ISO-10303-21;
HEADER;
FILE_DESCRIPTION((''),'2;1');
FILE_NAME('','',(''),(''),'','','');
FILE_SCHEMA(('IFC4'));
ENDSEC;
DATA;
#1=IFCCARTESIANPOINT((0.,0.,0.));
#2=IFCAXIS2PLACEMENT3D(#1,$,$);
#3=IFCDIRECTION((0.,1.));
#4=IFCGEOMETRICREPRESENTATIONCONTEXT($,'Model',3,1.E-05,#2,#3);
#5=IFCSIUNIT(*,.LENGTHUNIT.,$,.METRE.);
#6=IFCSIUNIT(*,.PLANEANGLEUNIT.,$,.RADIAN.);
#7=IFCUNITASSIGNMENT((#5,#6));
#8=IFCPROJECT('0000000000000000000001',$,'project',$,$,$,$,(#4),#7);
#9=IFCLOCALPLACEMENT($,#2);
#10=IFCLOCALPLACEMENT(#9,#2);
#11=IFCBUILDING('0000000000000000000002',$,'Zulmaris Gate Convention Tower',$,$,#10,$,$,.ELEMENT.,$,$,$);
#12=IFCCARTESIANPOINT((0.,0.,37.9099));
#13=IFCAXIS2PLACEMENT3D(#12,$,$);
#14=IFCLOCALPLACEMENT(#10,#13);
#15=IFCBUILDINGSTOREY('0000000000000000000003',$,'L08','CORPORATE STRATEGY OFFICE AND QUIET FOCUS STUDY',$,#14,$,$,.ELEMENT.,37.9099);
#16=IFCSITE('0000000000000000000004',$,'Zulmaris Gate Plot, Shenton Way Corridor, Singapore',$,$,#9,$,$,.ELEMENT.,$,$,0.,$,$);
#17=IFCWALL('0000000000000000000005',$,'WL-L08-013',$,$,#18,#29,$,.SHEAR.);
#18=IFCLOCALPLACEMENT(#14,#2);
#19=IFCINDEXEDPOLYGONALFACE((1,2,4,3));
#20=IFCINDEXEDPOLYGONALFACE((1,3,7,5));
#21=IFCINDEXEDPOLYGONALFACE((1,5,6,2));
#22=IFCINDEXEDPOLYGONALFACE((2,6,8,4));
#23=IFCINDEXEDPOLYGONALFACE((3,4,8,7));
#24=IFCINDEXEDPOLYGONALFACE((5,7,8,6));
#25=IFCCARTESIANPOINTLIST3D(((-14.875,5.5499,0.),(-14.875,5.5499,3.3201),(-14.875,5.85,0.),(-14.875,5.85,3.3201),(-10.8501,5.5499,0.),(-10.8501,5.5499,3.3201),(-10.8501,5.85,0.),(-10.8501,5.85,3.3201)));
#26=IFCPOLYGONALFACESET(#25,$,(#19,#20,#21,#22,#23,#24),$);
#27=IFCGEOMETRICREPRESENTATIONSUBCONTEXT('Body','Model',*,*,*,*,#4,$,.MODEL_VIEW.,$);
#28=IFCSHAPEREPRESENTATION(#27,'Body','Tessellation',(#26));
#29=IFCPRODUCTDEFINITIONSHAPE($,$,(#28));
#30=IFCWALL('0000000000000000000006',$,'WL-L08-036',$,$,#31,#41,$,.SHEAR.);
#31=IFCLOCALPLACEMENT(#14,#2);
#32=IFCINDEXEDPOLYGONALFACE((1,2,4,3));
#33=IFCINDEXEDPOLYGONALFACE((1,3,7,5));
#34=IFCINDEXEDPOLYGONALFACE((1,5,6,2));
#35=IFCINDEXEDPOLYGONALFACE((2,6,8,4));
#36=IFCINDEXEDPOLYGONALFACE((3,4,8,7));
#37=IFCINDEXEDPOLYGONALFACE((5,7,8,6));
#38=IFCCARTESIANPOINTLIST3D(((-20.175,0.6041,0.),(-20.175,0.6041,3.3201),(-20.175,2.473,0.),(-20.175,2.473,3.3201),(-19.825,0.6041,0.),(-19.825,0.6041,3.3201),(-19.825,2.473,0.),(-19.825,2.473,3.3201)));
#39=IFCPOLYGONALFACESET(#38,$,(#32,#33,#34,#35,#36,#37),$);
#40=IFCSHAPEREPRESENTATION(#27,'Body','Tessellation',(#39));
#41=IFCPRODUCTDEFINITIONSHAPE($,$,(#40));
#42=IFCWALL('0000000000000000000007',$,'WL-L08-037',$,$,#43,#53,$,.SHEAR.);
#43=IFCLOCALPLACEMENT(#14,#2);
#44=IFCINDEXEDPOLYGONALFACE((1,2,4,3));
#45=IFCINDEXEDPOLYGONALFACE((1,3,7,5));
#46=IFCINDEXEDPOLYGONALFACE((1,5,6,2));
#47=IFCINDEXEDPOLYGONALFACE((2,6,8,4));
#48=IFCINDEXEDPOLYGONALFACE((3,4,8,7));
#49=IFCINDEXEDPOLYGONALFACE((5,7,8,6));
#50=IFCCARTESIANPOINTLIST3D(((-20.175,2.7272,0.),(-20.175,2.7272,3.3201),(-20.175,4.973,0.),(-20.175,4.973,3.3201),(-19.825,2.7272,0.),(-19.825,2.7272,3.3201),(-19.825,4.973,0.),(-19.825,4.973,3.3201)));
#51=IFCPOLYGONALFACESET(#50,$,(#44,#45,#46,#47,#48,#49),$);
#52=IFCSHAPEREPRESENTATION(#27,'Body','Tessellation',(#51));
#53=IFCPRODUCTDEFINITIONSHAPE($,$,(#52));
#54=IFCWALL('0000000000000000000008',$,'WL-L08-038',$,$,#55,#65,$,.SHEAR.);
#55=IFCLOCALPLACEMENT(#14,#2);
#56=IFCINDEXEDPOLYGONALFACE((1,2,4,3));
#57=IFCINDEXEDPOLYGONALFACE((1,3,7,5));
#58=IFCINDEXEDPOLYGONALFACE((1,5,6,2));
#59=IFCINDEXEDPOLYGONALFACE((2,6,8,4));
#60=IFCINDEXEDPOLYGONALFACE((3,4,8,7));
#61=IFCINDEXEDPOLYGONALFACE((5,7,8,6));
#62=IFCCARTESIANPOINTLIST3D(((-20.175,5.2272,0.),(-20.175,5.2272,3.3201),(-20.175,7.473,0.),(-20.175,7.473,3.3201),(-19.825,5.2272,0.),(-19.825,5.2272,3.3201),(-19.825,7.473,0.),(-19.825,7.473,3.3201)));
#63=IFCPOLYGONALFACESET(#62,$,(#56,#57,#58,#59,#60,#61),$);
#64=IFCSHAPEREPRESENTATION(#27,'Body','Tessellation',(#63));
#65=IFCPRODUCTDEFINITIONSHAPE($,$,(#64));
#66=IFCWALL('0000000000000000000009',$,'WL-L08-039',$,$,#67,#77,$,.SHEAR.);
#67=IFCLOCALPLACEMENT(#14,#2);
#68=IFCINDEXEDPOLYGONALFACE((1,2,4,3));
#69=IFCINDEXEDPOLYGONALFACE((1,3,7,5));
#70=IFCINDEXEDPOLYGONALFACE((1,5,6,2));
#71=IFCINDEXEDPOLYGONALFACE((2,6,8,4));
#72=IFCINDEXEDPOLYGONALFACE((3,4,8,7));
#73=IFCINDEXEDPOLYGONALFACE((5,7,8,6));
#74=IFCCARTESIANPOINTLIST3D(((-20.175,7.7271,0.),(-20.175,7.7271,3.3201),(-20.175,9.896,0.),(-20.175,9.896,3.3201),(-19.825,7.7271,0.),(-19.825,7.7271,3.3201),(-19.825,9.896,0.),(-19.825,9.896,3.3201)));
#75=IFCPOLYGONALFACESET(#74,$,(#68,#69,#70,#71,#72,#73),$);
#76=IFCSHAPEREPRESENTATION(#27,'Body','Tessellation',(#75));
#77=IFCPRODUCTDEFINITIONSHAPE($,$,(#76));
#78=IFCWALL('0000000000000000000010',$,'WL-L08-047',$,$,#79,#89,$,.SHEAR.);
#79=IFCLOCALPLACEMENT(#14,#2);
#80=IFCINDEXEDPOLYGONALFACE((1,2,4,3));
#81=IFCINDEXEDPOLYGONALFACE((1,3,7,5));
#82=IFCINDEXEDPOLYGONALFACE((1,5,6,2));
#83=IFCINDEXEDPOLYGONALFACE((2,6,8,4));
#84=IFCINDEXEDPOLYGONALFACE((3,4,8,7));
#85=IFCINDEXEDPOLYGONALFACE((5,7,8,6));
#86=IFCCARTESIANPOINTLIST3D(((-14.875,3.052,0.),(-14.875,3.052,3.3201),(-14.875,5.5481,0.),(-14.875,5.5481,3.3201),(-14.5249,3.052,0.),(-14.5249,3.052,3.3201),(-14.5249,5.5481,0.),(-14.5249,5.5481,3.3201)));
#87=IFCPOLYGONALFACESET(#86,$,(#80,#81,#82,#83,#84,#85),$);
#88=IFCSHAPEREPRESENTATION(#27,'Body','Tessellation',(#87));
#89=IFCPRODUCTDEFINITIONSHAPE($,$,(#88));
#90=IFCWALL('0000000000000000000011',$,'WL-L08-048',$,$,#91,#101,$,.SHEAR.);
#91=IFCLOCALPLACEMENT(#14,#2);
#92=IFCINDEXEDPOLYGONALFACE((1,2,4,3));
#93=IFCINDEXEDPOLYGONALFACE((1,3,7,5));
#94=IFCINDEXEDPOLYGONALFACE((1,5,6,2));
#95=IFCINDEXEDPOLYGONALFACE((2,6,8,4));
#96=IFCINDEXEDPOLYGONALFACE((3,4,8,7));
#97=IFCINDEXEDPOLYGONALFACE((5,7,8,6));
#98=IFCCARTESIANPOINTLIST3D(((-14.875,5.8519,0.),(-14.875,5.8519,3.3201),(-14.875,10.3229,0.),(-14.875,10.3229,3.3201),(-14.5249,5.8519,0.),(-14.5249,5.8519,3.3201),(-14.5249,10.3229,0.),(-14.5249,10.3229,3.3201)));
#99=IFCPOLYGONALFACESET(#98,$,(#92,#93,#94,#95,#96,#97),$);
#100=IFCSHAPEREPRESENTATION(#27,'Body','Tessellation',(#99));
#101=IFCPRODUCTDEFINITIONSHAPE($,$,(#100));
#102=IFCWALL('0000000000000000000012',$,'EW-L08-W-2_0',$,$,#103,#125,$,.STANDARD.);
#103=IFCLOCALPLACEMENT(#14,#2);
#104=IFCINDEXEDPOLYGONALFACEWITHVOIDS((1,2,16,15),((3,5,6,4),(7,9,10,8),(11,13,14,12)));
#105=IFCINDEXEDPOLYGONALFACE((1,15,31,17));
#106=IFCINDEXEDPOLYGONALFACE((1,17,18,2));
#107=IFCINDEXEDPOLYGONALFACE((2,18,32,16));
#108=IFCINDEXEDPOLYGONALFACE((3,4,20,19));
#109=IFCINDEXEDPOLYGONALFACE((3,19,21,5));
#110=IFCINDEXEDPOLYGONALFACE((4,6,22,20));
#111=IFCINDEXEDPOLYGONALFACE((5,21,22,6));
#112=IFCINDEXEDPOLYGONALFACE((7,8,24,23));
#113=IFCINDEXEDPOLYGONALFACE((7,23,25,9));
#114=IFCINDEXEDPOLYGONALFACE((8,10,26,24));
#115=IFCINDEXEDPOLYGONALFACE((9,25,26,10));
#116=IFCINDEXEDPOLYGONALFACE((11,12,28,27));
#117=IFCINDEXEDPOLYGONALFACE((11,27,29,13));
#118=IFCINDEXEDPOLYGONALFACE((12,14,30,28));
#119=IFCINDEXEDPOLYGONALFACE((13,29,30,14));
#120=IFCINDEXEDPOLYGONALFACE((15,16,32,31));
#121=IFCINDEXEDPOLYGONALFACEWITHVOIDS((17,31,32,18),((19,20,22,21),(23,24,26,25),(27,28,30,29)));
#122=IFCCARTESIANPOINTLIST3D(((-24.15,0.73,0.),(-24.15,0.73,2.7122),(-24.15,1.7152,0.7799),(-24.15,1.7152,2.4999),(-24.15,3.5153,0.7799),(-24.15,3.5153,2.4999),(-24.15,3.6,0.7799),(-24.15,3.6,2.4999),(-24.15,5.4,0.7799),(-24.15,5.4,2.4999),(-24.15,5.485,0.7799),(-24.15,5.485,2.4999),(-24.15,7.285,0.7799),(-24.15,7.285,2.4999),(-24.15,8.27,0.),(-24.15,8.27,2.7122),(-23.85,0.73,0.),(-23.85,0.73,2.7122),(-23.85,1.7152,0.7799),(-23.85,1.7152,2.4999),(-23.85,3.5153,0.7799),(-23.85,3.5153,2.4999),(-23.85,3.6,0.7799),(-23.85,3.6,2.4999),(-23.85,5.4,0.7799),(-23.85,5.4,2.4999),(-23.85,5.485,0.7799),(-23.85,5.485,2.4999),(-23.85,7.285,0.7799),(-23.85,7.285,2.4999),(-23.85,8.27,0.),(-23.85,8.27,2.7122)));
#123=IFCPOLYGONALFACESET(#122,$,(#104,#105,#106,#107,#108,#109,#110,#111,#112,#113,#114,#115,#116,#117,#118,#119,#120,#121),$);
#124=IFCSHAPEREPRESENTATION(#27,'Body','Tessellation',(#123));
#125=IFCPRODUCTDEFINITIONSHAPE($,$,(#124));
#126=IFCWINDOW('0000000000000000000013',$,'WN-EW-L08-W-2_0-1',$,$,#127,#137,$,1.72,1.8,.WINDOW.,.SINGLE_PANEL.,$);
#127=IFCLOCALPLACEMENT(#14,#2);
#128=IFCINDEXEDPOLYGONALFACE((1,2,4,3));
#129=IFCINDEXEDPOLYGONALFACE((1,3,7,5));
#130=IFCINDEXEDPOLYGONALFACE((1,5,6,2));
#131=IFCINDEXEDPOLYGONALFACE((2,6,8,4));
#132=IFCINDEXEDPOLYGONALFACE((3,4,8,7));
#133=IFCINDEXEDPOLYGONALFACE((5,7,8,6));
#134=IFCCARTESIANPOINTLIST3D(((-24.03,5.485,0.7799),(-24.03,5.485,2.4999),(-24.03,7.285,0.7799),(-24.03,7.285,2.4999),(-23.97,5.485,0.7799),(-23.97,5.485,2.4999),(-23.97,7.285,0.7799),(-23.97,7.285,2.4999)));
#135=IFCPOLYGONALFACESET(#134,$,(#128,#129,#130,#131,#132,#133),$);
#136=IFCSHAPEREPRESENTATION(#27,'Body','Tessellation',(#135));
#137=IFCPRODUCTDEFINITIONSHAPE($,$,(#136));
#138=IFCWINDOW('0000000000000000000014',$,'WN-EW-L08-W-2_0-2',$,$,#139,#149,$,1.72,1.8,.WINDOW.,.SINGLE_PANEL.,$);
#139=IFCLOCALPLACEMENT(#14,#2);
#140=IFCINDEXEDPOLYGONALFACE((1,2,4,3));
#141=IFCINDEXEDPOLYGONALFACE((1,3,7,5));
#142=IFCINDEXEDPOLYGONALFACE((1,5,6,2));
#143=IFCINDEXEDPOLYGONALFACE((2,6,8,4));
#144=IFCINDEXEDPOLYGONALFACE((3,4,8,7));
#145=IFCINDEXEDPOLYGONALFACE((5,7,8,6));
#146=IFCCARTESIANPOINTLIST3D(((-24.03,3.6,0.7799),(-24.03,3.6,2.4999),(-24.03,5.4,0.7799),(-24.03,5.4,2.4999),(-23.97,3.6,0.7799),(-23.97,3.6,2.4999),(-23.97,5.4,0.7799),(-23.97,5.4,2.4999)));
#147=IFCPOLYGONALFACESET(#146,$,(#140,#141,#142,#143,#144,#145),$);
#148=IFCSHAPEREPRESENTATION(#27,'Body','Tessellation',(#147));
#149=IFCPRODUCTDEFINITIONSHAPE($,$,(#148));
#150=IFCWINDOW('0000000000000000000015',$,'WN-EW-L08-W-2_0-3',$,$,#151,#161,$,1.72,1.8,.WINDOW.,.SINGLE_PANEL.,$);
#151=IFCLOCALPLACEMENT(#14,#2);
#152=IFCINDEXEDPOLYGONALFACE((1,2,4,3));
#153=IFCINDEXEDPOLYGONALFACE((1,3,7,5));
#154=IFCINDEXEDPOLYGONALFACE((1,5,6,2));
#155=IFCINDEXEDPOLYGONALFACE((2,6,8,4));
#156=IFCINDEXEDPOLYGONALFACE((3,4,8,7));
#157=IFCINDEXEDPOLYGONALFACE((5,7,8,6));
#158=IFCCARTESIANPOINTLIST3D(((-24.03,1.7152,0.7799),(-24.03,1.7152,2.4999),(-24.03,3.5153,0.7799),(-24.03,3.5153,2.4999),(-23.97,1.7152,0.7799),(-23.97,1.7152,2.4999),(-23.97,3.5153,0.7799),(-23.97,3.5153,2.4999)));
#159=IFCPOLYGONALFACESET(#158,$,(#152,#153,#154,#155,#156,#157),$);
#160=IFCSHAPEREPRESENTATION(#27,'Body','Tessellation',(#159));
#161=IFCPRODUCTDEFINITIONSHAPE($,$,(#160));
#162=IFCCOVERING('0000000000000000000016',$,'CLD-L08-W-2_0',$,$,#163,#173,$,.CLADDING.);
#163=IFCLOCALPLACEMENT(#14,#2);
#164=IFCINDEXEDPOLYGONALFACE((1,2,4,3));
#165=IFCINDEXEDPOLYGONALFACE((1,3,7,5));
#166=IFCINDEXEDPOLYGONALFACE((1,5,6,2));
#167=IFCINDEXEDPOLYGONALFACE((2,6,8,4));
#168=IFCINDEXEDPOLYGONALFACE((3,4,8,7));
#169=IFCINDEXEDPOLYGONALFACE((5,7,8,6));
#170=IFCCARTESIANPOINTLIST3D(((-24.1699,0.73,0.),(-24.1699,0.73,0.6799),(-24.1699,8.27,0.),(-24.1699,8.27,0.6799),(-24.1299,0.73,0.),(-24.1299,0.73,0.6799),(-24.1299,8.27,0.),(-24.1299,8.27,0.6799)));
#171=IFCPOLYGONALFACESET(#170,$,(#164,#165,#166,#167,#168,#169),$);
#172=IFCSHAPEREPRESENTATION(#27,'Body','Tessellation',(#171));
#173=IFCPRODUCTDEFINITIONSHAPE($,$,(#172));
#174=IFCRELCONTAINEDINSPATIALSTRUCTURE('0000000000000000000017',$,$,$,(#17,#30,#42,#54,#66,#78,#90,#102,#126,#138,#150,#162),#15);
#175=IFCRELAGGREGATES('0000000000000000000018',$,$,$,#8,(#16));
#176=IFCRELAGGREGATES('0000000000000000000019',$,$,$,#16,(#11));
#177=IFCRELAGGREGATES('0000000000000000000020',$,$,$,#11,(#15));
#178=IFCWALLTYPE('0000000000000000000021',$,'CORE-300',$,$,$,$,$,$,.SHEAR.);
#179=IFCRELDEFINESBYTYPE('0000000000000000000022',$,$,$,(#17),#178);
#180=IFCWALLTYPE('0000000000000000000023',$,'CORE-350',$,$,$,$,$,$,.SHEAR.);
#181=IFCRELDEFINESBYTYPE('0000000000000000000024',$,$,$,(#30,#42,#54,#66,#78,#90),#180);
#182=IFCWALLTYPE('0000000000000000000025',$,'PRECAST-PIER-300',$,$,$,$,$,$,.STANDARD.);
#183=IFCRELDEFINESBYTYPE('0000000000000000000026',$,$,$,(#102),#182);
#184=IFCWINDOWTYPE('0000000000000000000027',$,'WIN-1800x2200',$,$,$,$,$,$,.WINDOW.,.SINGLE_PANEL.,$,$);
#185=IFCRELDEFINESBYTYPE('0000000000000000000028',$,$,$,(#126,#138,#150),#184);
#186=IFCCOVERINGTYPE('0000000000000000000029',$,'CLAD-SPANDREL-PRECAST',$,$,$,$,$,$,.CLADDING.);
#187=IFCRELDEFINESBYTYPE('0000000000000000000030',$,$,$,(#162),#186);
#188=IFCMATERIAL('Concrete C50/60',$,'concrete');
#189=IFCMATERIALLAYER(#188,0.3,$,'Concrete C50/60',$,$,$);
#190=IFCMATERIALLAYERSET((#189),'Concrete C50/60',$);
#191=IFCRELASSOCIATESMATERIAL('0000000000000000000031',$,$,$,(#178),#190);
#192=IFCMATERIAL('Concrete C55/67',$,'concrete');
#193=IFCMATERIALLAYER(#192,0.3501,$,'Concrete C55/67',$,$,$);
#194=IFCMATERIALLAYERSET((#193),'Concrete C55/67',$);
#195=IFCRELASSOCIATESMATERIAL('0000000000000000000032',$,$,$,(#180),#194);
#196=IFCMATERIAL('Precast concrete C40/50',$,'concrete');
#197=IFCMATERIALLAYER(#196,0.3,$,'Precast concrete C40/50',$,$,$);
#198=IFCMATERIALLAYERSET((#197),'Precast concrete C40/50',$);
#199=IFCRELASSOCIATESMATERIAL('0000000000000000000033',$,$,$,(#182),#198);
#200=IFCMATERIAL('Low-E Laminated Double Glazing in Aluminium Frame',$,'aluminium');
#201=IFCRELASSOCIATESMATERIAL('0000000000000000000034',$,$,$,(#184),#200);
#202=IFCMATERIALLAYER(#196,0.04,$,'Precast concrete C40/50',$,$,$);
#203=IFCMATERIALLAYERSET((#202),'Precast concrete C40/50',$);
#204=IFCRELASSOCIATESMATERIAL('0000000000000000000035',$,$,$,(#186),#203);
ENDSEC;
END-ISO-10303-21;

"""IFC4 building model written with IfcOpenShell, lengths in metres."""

from ifc_helpers import new_model, si_unit, direction, frame, frame_2d, origin, place, context, subcontext, project, spatial, rectangle, extrude, material, layer, layer_set, type_object, element, fill, save


model = new_model("IFC4")

# Units and contexts
model_context = context("Model", 3, precision=1e-05, world=origin(), true_north=direction((0.0, 1.0)))
body_context = subcontext(model_context, "Body", "Model", "MODEL_VIEW")
ifc_project = project(units=[si_unit("LENGTHUNIT", "METRE"), si_unit("PLANEANGLEUNIT", "RADIAN")], contexts=[model_context])

# Site, building, storey
site_placement = place(None, origin())
site = spatial("IfcSite", under=ifc_project, at=site_placement, Name="Zulmaris Gate Plot, Shenton Way Corridor, Singapore", CompositionType="ELEMENT", RefElevation=0.0)
building_placement = place(site_placement, origin())
building = spatial("IfcBuilding", under=site, at=building_placement, Name="Zulmaris Gate Convention Tower", CompositionType="ELEMENT")
storey_placement = place(building_placement, frame((0.0, 0.0, 37.9099)))
storey = spatial("IfcBuildingStorey", under=building, at=storey_placement, Name="L08", Description="CORPORATE STRATEGY OFFICE AND QUIET FOCUS STUDY", CompositionType="ELEMENT", Elevation=37.9099)

# Shared definitions
ifc_material_1 = material(Name="Concrete C50/60", Category="concrete")

# Shared definitions
ifc_layer_1 = layer(ifc_material_1, 0.3, Name="Concrete C50/60")
ifc_layer_set_1 = layer_set([ifc_layer_1], Name="Concrete C50/60")
wall_type_1 = type_object("IfcWallType", Name="CORE-300", PredefinedType="SHEAR", material=ifc_layer_set_1)

# Walls
wall_1_placement = place(storey_placement, frame((-14.875, 5.7, 0.0), z_axis=(0.0, 0.0, 1.0), x_axis=(1.0, 0.0, 0.0)))
element("IfcWall", 1, at=wall_1_placement, inside=storey, type_object=wall_type_1, Name="WL-L08-013", PredefinedType="SHEAR", context=body_context, shape_type="SweptSolid", body=[
    extrude(rectangle(XDim=4.0249, YDim=0.3, at=frame_2d((2.0125, 0.0))), origin(), (0.0, 0.0, 1.0), 3.3201),
])
ifc_material_2 = material(Name="Concrete C55/67", Category="concrete")
ifc_layer_2 = layer(ifc_material_2, 0.3501, Name="Concrete C55/67")
ifc_layer_set_2 = layer_set([ifc_layer_2], Name="Concrete C55/67")
wall_type_2 = type_object("IfcWallType", Name="CORE-350", PredefinedType="SHEAR", material=ifc_layer_set_2)
wall_2_placement = place(storey_placement, frame((-20.0, 0.604, 0.0), z_axis=(0.0, 0.0, 1.0), x_axis=(0.0, 1.0, 0.0)))
element("IfcWall", 2, at=wall_2_placement, inside=storey, type_object=wall_type_2, Name="WL-L08-036", PredefinedType="SHEAR", context=body_context, shape_type="SweptSolid", body=[
    extrude(rectangle(XDim=1.8689, YDim=0.3501, at=frame_2d((0.9346, 0.0))), origin(), (0.0, 0.0, 1.0), 3.3201),
])
for number, where, z_axis, x_axis, name in (
    (3, (-20.0, 2.7271, 0.0), (0.0, 0.0, 1.0), (0.0, 1.0, 0.0), "WL-L08-037"),
    (4, (-20.0, 5.2271, 0.0), (0.0, 0.0, 1.0), (0.0, 1.0, 0.0), "WL-L08-038"),
):
    element("IfcWall", number, at=place(storey_placement, frame(where, z_axis=z_axis, x_axis=x_axis)), inside=storey, type_object=wall_type_2, Name=name, PredefinedType="SHEAR", context=body_context, shape_type="SweptSolid", body=[
        extrude(rectangle(XDim=2.2458, YDim=0.3501, at=frame_2d((1.123, 0.0))), origin(), (0.0, 0.0, 1.0), 3.3201),
    ])
wall_3_placement = place(storey_placement, frame((-20.0, 7.7271, 0.0), z_axis=(0.0, 0.0, 1.0), x_axis=(0.0, 1.0, 0.0)))
element("IfcWall", 5, at=wall_3_placement, inside=storey, type_object=wall_type_2, Name="WL-L08-039", PredefinedType="SHEAR", context=body_context, shape_type="SweptSolid", body=[
    extrude(rectangle(XDim=2.1689, YDim=0.3501, at=frame_2d((1.0845, 0.0))), origin(), (0.0, 0.0, 1.0), 3.3201),
])
wall_4_placement = place(storey_placement, frame((-14.7, 3.052, 0.0), z_axis=(0.0, 0.0, 1.0), x_axis=(0.0, 1.0, 0.0)))
element("IfcWall", 6, at=wall_4_placement, inside=storey, type_object=wall_type_2, Name="WL-L08-047", PredefinedType="SHEAR", context=body_context, shape_type="SweptSolid", body=[
    extrude(rectangle(XDim=2.4961, YDim=0.3501, at=frame_2d((1.248, 0.0))), origin(), (0.0, 0.0, 1.0), 3.3201),
])
wall_5_placement = place(storey_placement, frame((-14.7, 5.8521, 0.0), z_axis=(0.0, 0.0, 1.0), x_axis=(0.0, 1.0, 0.0)))
element("IfcWall", 7, at=wall_5_placement, inside=storey, type_object=wall_type_2, Name="WL-L08-048", PredefinedType="SHEAR", context=body_context, shape_type="SweptSolid", body=[
    extrude(rectangle(XDim=4.4709, YDim=0.3501, at=frame_2d((2.2354, 0.0))), origin(), (0.0, 0.0, 1.0), 3.3201),
])

# Wall, openings, windows
ifc_material_3 = material(Name="Precast concrete C40/50", Category="concrete")
ifc_layer_3 = layer(ifc_material_3, 0.3, Name="Precast concrete C40/50")
ifc_layer_set_3 = layer_set([ifc_layer_3], Name="Precast concrete C40/50")
wall_type_3 = type_object("IfcWallType", Name="PRECAST-PIER-300", PredefinedType="STANDARD", material=ifc_layer_set_3)
wall_6_placement = place(storey_placement, frame((-24.0, 8.27, 0.0), z_axis=(0.0, 0.0, 1.0), x_axis=(0.0, -1.0, 0.0)))
wall_6 = element("IfcWall", 8, at=wall_6_placement, inside=storey, type_object=wall_type_3, Name="EW-L08-W-2_0", PredefinedType="STANDARD", context=body_context, shape_type="SweptSolid", body=[
    extrude(rectangle(XDim=7.54, YDim=0.3, at=frame_2d((3.77, 0.0))), origin(), (0.0, 0.0, 1.0), 2.7122),
])
opening_1_placement = place(wall_6_placement, frame((0.9851, 0.0, 0.78)))
opening_1 = element("IfcOpeningElement", 9, at=opening_1_placement, cuts=wall_6, PredefinedType="OPENING", context=body_context, shape_type="SweptSolid", body=[
    extrude(rectangle(XDim=1.8, YDim=1.72, at=frame_2d((0.8999, 0.8599))), frame((0.0, 0.1602, 0.0), z_axis=(0.0, -1.0, 0.0), x_axis=(1.0, 0.0, 0.0)), (0.0, 0.0, 1.0), 0.3201),
])
opening_2_placement = place(wall_6_placement, frame((2.8701, 0.0, 0.78)))
opening_2 = element("IfcOpeningElement", 10, at=opening_2_placement, cuts=wall_6, PredefinedType="OPENING", context=body_context, shape_type="SweptSolid", body=[
    extrude(rectangle(XDim=1.8, YDim=1.72, at=frame_2d((0.8999, 0.8599))), frame((0.0, 0.1602, 0.0), z_axis=(0.0, -1.0, 0.0), x_axis=(1.0, 0.0, 0.0)), (0.0, 0.0, 1.0), 0.3201),
])
opening_3_placement = place(wall_6_placement, frame((4.7549, 0.0, 0.78)))
opening_3 = element("IfcOpeningElement", 11, at=opening_3_placement, cuts=wall_6, PredefinedType="OPENING", context=body_context, shape_type="SweptSolid", body=[
    extrude(rectangle(XDim=1.8, YDim=1.72, at=frame_2d((0.8999, 0.8599))), frame((0.0, 0.1602, 0.0), z_axis=(0.0, -1.0, 0.0), x_axis=(1.0, 0.0, 0.0)), (0.0, 0.0, 1.0), 0.3201),
])
ifc_material_4 = material(Name="Low-E Laminated Double Glazing in Aluminium Frame", Category="aluminium")
window_type = type_object("IfcWindowType", Name="WIN-1800x2200", PartitioningType="SINGLE_PANEL", PredefinedType="WINDOW", material=ifc_material_4)
window_1_placement = place(opening_1_placement, origin())
window_1 = element("IfcWindow", 12, at=window_1_placement, inside=storey, type_object=window_type, Name="WN-EW-L08-W-2_0-1", OverallHeight=1.72, OverallWidth=1.8, PartitioningType="SINGLE_PANEL", PredefinedType="WINDOW", context=body_context, shape_type="SweptSolid", body=[
    extrude(rectangle(XDim=1.8, YDim=1.72, at=frame_2d((0.8999, 0.8599))), frame((0.0, 0.03, 0.0), z_axis=(0.0, -1.0, 0.0), x_axis=(1.0, 0.0, 0.0)), (0.0, 0.0, 1.0), 0.0601),
])
fill(opening_1, window_1)
window_2_placement = place(opening_2_placement, origin())
window_2 = element("IfcWindow", 13, at=window_2_placement, inside=storey, type_object=window_type, Name="WN-EW-L08-W-2_0-2", OverallHeight=1.72, OverallWidth=1.8, PartitioningType="SINGLE_PANEL", PredefinedType="WINDOW", context=body_context, shape_type="SweptSolid", body=[
    extrude(rectangle(XDim=1.8, YDim=1.72, at=frame_2d((0.8999, 0.8599))), frame((0.0, 0.03, 0.0), z_axis=(0.0, -1.0, 0.0), x_axis=(1.0, 0.0, 0.0)), (0.0, 0.0, 1.0), 0.0601),
])
fill(opening_2, window_2)
window_3_placement = place(opening_3_placement, origin())
window_3 = element("IfcWindow", 14, at=window_3_placement, inside=storey, type_object=window_type, Name="WN-EW-L08-W-2_0-3", OverallHeight=1.72, OverallWidth=1.8, PartitioningType="SINGLE_PANEL", PredefinedType="WINDOW", context=body_context, shape_type="SweptSolid", body=[
    extrude(rectangle(XDim=1.8, YDim=1.72, at=frame_2d((0.8999, 0.8599))), frame((0.0, 0.03, 0.0), z_axis=(0.0, -1.0, 0.0), x_axis=(1.0, 0.0, 0.0)), (0.0, 0.0, 1.0), 0.0601),
])
fill(opening_3, window_3)

# Covering
ifc_layer_4 = layer(ifc_material_3, 0.04, Name="Precast concrete C40/50")
ifc_layer_set_4 = layer_set([ifc_layer_4], Name="Precast concrete C40/50")
covering_type = type_object("IfcCoveringType", Name="CLAD-SPANDREL-PRECAST", PredefinedType="CLADDING", material=ifc_layer_set_4)
covering_placement = place(storey_placement, frame((-24.1499, 8.27, 0.0), z_axis=(0.0, 0.0, 1.0), x_axis=(0.0, -1.0, 0.0)))
element("IfcCovering", 15, at=covering_placement, inside=storey, type_object=covering_type, Name="CLD-L08-W-2_0", PredefinedType="CLADDING", context=body_context, shape_type="SweptSolid", body=[
    extrude(rectangle(XDim=7.54, YDim=0.04, at=frame_2d((3.77, 0.0))), origin(), (0.0, 0.0, 1.0), 0.6799),
])

save(model, "model.ifc")
